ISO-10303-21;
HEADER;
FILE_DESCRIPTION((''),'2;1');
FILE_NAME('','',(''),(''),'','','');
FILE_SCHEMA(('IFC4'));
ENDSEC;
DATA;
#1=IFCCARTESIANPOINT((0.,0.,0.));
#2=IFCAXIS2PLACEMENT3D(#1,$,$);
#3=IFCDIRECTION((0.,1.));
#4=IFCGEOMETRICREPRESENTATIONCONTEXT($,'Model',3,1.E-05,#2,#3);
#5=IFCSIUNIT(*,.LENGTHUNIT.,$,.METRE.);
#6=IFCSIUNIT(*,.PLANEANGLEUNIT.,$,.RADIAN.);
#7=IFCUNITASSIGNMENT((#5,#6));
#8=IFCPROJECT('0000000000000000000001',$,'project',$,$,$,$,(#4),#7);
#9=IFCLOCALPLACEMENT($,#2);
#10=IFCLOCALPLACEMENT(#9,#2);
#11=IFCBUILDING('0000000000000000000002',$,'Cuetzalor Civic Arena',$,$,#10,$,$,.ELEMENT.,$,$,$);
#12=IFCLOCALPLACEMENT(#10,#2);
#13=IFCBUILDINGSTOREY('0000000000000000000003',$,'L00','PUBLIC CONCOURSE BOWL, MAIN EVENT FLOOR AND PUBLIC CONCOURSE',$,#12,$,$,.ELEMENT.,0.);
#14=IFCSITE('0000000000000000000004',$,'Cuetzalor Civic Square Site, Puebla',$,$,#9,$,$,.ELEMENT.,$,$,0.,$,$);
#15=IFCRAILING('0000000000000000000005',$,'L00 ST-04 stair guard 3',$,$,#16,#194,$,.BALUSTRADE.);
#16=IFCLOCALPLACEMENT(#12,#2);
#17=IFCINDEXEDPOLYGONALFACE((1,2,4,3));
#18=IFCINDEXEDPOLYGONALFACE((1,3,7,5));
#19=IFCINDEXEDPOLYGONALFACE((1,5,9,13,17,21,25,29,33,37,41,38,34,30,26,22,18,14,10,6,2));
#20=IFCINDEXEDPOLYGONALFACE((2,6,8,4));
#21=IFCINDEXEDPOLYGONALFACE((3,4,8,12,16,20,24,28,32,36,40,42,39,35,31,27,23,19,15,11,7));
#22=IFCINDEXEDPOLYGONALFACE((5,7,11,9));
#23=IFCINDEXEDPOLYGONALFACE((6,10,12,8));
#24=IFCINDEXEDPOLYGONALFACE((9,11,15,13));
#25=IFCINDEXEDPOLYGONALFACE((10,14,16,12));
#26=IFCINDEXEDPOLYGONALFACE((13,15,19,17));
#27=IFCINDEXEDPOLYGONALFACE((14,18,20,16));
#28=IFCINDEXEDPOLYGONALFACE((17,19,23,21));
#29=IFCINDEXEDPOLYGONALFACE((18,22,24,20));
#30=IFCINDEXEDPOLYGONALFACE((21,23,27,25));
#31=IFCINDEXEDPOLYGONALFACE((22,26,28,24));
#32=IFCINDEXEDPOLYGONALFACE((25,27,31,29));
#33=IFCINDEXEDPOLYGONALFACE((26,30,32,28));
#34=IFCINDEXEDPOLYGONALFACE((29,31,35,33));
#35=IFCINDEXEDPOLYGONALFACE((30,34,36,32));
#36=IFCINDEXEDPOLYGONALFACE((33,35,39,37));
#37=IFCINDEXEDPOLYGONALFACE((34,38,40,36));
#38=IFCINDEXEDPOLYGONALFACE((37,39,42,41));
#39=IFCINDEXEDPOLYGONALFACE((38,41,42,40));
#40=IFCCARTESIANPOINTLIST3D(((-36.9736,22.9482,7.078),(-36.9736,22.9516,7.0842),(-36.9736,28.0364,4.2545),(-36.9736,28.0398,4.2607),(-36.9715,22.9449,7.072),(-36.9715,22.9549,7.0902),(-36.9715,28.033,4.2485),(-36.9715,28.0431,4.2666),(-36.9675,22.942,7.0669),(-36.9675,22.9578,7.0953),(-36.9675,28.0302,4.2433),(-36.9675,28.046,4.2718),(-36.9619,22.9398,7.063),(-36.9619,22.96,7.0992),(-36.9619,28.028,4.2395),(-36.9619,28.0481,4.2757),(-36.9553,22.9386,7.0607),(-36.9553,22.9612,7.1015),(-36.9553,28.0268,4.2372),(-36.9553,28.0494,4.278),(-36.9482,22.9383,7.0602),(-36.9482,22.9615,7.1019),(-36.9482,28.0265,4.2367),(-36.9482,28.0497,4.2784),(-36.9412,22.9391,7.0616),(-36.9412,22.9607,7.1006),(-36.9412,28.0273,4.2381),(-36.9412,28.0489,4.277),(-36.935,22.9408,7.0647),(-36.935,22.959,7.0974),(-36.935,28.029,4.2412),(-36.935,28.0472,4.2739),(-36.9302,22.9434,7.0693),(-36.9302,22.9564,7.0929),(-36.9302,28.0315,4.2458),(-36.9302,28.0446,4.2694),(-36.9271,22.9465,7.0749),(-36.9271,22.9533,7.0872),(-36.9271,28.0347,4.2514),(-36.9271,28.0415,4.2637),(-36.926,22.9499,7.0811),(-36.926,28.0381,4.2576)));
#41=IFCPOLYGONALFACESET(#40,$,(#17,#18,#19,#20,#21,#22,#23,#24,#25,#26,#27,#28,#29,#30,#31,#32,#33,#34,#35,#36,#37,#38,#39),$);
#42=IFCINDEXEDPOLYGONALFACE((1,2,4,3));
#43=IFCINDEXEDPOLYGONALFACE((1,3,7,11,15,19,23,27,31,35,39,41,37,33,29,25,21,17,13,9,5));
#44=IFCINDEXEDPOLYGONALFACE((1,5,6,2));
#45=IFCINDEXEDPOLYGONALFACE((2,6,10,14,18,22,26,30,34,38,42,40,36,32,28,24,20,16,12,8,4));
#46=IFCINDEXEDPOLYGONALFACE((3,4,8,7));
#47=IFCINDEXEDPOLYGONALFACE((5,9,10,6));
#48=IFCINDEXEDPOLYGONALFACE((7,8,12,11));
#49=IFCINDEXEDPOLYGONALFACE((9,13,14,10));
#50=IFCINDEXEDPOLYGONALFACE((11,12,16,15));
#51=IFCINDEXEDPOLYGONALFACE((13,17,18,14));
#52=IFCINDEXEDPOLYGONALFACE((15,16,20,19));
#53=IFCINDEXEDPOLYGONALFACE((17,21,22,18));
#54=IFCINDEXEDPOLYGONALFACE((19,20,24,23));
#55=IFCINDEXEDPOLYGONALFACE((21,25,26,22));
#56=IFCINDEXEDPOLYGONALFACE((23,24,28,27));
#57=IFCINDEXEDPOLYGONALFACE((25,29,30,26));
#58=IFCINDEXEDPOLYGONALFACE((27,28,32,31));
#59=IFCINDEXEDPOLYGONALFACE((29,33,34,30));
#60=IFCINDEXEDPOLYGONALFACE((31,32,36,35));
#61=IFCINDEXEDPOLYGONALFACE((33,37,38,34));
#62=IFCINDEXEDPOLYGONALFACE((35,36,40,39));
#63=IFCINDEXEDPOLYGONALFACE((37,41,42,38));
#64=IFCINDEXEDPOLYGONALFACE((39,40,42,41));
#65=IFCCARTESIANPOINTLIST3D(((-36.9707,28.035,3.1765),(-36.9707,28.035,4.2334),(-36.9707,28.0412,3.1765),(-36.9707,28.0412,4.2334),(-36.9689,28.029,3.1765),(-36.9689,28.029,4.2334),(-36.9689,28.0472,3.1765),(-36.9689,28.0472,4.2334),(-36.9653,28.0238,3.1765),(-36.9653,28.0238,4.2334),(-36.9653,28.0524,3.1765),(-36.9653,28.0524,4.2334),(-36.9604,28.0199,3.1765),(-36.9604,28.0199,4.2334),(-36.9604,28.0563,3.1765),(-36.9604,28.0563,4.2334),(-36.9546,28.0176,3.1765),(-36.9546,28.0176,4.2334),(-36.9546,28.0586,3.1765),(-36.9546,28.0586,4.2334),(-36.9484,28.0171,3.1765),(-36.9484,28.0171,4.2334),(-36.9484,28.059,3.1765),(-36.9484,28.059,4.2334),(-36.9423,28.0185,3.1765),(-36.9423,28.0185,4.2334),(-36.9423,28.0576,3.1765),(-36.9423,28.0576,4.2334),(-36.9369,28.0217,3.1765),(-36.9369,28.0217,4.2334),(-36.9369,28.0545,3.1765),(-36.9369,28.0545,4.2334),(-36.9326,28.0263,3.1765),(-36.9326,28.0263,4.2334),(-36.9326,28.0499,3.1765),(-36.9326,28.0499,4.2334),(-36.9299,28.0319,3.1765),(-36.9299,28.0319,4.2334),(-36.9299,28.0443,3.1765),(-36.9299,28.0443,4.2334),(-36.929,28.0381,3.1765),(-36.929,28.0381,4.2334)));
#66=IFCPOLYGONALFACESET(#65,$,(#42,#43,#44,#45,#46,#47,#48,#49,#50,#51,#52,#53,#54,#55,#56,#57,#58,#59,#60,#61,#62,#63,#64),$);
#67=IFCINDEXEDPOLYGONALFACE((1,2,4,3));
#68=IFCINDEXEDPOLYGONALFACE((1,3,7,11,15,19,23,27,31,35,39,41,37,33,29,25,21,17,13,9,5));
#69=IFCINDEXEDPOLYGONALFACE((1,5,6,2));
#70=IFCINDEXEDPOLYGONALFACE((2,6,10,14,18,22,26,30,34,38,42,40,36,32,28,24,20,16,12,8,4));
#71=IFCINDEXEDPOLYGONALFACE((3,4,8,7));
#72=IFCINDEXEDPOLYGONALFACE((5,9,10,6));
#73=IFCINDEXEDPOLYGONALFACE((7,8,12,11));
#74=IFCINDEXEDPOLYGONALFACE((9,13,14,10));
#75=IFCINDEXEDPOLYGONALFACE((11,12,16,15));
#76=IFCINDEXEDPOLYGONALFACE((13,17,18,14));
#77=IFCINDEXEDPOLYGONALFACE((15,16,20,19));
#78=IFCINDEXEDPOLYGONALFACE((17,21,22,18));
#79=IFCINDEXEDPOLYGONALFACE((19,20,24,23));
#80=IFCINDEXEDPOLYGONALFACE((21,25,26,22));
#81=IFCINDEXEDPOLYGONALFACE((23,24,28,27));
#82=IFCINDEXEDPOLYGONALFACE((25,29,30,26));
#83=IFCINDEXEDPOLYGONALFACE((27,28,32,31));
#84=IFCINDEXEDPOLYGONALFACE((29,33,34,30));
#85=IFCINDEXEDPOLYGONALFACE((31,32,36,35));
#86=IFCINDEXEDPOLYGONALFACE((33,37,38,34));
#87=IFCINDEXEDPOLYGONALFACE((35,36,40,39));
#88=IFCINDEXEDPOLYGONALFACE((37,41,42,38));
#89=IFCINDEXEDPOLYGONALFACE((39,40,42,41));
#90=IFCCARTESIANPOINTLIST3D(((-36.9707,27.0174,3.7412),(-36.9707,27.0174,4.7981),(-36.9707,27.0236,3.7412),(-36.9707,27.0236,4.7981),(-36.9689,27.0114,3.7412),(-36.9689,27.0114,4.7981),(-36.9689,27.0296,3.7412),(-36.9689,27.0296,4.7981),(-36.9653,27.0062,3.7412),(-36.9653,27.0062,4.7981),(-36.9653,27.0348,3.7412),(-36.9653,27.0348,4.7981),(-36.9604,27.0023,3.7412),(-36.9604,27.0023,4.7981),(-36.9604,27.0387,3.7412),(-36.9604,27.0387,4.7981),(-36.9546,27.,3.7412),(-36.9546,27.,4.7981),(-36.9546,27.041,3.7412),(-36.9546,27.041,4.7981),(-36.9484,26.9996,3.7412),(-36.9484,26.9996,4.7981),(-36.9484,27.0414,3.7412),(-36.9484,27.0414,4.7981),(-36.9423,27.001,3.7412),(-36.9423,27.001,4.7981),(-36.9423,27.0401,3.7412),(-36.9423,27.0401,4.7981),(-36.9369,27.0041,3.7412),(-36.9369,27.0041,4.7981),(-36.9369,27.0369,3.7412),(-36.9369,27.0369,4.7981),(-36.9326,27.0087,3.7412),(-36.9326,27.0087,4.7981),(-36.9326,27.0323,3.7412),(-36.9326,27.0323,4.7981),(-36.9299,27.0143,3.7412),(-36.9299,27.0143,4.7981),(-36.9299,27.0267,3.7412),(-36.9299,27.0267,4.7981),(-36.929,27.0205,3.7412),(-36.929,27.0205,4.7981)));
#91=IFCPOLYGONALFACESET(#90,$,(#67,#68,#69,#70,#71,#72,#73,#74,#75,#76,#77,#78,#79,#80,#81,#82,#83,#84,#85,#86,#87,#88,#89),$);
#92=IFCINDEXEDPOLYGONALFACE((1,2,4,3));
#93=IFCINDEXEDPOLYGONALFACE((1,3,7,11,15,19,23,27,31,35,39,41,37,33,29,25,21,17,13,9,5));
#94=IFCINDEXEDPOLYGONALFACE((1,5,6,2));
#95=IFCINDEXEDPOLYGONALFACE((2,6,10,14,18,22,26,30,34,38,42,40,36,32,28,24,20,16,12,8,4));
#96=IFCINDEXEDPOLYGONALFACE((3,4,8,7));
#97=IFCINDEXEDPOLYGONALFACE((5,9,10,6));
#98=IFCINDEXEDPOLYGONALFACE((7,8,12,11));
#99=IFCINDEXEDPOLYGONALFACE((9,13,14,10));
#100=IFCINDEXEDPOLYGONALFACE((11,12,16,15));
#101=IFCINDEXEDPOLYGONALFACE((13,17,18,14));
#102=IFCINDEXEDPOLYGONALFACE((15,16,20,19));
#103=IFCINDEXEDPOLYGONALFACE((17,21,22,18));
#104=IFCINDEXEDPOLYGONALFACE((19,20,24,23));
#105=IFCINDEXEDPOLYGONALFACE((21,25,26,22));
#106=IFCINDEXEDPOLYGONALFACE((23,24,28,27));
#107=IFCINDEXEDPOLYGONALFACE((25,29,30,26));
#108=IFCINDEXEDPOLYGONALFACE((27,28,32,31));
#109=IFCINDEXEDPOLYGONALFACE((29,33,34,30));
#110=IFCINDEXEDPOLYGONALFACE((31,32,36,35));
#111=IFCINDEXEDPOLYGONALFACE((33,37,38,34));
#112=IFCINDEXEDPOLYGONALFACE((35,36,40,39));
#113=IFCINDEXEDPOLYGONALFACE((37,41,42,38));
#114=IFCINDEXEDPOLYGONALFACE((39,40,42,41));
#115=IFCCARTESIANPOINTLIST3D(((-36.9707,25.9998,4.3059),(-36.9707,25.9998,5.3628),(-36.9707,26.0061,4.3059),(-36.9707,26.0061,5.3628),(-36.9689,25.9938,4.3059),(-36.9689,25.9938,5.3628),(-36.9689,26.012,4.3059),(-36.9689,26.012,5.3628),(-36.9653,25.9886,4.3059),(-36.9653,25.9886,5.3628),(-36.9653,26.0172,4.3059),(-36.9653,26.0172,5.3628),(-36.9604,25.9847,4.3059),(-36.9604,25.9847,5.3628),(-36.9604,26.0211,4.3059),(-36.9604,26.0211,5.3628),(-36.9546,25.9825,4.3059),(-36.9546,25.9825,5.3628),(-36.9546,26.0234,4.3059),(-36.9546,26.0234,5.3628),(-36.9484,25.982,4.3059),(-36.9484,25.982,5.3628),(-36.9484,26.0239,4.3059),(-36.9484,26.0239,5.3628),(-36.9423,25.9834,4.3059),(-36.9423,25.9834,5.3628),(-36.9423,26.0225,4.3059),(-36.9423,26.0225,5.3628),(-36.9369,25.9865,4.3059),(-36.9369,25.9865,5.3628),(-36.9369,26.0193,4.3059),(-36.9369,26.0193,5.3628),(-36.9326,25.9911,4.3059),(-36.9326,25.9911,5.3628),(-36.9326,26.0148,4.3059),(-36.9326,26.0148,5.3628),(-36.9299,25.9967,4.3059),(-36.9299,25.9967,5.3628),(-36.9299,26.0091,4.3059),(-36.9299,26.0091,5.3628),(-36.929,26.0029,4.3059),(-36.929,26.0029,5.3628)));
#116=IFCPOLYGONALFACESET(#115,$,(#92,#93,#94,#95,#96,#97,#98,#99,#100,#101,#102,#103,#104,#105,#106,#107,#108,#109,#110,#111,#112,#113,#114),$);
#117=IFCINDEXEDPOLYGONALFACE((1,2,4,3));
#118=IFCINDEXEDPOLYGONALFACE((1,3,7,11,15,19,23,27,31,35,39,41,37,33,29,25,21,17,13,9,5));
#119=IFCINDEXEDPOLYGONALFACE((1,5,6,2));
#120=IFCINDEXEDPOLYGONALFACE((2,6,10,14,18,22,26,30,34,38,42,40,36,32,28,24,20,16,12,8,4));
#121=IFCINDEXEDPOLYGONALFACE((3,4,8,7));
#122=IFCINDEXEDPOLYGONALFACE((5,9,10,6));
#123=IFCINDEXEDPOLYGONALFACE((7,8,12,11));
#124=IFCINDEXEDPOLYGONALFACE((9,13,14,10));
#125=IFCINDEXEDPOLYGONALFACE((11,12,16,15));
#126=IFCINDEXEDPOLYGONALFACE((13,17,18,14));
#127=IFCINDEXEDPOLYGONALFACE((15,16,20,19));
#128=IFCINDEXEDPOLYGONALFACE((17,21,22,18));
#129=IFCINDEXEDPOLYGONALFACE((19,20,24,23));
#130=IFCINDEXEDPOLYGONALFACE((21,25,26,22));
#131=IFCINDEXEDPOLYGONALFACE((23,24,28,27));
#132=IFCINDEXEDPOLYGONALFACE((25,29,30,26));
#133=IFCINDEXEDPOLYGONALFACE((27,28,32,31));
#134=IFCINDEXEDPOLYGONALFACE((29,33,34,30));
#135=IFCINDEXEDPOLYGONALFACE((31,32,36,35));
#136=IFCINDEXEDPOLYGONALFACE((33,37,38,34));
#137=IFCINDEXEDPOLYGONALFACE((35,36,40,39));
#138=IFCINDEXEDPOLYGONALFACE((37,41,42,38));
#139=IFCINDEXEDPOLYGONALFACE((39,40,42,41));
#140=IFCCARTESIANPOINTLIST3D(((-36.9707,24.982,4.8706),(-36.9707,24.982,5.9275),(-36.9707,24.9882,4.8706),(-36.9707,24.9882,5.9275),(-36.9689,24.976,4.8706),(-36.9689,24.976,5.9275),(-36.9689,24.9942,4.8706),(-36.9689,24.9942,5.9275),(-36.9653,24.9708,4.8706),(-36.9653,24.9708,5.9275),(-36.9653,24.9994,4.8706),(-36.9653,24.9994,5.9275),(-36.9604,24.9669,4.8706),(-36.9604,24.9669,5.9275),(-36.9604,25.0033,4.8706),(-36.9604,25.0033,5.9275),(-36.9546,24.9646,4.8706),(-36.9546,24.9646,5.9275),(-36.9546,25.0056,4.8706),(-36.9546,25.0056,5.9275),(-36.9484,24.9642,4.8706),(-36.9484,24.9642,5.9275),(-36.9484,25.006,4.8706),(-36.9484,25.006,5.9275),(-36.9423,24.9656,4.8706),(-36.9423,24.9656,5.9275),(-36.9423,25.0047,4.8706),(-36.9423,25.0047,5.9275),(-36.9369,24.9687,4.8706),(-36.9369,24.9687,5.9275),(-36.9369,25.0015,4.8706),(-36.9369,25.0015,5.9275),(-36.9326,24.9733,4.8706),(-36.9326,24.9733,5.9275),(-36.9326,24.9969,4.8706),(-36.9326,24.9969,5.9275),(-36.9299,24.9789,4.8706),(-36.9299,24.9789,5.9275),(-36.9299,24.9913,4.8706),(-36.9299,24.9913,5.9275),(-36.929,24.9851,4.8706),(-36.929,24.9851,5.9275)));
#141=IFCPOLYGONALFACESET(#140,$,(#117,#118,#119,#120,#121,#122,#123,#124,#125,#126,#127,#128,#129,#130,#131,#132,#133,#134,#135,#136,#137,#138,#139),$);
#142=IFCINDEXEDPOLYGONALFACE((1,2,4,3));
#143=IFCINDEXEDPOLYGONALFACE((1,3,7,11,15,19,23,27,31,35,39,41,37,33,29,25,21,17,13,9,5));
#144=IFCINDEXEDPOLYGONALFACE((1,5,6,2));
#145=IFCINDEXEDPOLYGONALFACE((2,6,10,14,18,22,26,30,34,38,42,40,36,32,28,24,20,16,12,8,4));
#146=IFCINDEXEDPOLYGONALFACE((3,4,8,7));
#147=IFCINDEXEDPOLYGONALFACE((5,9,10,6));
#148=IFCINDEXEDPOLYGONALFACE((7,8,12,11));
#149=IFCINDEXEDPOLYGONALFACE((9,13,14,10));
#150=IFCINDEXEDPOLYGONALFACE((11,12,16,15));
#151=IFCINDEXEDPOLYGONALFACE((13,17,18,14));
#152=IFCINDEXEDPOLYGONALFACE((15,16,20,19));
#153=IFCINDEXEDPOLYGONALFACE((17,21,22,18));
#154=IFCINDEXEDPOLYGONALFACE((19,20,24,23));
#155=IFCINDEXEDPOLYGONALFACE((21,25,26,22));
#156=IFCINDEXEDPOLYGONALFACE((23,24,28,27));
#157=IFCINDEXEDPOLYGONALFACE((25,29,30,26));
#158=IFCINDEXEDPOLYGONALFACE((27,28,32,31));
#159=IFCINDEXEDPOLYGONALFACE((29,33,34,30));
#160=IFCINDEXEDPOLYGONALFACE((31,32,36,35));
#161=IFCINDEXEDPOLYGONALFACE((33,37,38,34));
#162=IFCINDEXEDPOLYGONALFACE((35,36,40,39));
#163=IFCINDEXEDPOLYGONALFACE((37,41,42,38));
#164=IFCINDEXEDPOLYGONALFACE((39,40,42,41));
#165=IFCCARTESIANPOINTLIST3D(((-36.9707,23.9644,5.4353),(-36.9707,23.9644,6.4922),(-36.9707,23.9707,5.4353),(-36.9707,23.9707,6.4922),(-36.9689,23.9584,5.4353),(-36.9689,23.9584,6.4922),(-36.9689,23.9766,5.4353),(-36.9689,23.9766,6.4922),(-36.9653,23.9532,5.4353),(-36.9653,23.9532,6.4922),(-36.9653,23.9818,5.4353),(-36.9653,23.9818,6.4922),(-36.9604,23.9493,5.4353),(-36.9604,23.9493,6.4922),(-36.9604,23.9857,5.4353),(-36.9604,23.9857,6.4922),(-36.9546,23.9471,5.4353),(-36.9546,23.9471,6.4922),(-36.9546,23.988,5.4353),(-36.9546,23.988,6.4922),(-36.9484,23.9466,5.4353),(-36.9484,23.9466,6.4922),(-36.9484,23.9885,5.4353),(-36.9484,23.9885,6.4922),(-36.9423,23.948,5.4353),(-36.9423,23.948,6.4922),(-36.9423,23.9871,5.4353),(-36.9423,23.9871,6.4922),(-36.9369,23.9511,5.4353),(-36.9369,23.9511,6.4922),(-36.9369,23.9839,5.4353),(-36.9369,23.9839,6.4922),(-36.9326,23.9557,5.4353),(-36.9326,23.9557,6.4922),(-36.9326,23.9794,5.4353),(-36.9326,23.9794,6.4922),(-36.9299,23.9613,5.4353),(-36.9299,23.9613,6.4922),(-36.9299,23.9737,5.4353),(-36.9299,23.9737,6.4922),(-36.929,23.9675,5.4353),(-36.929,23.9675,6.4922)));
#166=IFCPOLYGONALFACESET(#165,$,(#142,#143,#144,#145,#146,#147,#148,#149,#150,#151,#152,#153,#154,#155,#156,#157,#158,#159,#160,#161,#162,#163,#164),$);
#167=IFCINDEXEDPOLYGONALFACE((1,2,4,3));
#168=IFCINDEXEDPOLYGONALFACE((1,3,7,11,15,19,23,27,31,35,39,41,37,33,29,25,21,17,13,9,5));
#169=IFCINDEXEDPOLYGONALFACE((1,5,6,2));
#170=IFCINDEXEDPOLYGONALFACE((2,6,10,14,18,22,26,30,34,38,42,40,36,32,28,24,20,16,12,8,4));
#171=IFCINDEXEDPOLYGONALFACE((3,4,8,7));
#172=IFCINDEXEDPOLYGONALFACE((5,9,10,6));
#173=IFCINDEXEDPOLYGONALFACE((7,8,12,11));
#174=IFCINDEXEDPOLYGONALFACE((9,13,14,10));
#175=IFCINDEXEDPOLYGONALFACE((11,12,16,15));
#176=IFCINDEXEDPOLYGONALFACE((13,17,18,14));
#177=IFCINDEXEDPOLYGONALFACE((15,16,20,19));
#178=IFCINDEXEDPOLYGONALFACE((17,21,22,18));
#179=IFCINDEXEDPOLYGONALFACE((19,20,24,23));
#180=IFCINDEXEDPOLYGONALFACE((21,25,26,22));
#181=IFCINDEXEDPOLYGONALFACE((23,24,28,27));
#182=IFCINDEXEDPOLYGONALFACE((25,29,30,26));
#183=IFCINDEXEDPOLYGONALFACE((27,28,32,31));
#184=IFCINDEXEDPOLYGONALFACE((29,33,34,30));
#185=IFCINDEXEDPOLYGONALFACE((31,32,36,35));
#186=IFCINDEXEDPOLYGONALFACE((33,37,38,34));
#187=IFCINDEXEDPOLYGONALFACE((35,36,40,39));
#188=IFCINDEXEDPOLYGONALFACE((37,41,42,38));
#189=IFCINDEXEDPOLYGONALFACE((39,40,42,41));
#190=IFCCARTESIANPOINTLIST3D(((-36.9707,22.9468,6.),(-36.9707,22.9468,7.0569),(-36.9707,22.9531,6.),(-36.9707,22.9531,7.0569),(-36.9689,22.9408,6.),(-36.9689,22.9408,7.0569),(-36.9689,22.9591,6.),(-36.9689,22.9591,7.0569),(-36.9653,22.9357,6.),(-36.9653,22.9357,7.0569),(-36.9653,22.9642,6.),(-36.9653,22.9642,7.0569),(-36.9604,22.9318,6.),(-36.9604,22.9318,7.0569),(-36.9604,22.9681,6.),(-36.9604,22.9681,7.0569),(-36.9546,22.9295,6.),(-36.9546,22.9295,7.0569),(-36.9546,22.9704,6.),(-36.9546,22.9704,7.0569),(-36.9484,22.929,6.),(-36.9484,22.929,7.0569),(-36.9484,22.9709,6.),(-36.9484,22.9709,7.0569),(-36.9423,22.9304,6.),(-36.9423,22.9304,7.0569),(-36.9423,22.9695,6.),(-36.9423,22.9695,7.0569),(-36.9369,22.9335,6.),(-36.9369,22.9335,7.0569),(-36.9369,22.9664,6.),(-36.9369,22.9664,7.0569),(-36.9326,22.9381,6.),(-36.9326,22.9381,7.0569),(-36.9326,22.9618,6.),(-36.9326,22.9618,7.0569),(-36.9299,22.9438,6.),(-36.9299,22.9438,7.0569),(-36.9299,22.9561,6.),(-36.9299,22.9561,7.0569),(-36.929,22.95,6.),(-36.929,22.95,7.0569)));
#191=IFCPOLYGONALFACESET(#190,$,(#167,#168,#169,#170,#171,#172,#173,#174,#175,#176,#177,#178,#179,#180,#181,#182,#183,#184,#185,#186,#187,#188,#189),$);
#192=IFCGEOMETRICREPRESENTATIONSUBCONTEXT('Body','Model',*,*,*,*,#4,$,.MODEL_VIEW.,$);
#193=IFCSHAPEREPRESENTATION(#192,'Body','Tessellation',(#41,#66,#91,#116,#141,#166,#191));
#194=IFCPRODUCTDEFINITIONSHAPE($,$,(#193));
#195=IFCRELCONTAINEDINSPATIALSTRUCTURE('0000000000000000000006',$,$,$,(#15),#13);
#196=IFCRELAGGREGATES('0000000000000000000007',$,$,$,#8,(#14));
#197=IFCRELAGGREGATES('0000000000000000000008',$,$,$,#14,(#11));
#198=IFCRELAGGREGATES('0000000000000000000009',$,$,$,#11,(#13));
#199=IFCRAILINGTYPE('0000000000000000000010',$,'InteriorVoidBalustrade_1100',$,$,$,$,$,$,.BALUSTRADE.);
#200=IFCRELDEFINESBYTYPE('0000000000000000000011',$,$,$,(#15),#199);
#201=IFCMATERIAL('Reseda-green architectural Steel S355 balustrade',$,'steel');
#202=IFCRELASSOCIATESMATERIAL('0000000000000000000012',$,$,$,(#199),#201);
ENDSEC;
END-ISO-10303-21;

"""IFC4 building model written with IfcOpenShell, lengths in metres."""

from ifc_helpers import new_model, si_unit, direction, frame, origin, origin_2d, place, context, subcontext, project, spatial, circle, extrude, material, type_object, element, save


model = new_model("IFC4")

# Units and contexts
model_context = context("Model", 3, precision=1e-05, world=origin(), true_north=direction((0.0, 1.0)))
body_context = subcontext(model_context, "Body", "Model", "MODEL_VIEW")
ifc_project = project(units=[si_unit("LENGTHUNIT", "METRE"), si_unit("PLANEANGLEUNIT", "RADIAN")], contexts=[model_context])

# Site, building, storey
site_placement = place(None, origin())
site = spatial("IfcSite", under=ifc_project, at=site_placement, Name="Cuetzalor Civic Square Site, Puebla", CompositionType="ELEMENT", RefElevation=0.0)
building_placement = place(site_placement, origin())
building = spatial("IfcBuilding", under=site, at=building_placement, Name="Cuetzalor Civic Arena", CompositionType="ELEMENT")
storey_placement = place(building_placement, origin())
storey = spatial("IfcBuildingStorey", under=building, at=storey_placement, Name="L00", Description="PUBLIC CONCOURSE BOWL, MAIN EVENT FLOOR AND PUBLIC CONCOURSE", CompositionType="ELEMENT", Elevation=0.0)

# Railing
ifc_material_1 = material(Name="Reseda-green architectural Steel S355 balustrade", Category="steel")
railing_type_1 = type_object("IfcRailingType", Name="InteriorVoidBalustrade_1100", PredefinedType="BALUSTRADE", material=ifc_material_1)
railing_1_placement = place(storey_placement, frame((-36.95, 28.0381, 3.1765)))
element("IfcRailing", 1, at=railing_1_placement, inside=storey, type_object=railing_type_1, Name="L00 ST-04 stair guard 3", PredefinedType="BALUSTRADE", context=body_context, shape_type="SweptSolid", body=[
    extrude(circle(Radius=0.0239, at=origin_2d()), frame((0.0, 0.0, 1.0811), z_axis=(0.0, -0.874395, 0.485215), x_axis=(1.0, 0.0, 0.0)), (0.0, 0.0, 1.0), 5.8191),
    extrude(circle(Radius=0.021, at=origin_2d()), origin(), (0.0, 0.0, 1.0), 1.0569),
    extrude(circle(Radius=0.021, at=origin_2d()), frame((0.0, -1.0176, 0.5647)), (0.0, 0.0, 1.0), 1.0569),
    extrude(circle(Radius=0.021, at=origin_2d()), frame((0.0, -2.0352, 1.1294)), (0.0, 0.0, 1.0), 1.0569),
    extrude(circle(Radius=0.021, at=origin_2d()), frame((0.0, -3.053, 1.6941)), (0.0, 0.0, 1.0), 1.0569),
    extrude(circle(Radius=0.021, at=origin_2d()), frame((0.0, -4.0706, 2.2588)), (0.0, 0.0, 1.0), 1.0569),
    extrude(circle(Radius=0.021, at=origin_2d()), frame((0.0, -5.0881, 2.8235)), (0.0, 0.0, 1.0), 1.0569),
])

save(model, "model.ifc")
